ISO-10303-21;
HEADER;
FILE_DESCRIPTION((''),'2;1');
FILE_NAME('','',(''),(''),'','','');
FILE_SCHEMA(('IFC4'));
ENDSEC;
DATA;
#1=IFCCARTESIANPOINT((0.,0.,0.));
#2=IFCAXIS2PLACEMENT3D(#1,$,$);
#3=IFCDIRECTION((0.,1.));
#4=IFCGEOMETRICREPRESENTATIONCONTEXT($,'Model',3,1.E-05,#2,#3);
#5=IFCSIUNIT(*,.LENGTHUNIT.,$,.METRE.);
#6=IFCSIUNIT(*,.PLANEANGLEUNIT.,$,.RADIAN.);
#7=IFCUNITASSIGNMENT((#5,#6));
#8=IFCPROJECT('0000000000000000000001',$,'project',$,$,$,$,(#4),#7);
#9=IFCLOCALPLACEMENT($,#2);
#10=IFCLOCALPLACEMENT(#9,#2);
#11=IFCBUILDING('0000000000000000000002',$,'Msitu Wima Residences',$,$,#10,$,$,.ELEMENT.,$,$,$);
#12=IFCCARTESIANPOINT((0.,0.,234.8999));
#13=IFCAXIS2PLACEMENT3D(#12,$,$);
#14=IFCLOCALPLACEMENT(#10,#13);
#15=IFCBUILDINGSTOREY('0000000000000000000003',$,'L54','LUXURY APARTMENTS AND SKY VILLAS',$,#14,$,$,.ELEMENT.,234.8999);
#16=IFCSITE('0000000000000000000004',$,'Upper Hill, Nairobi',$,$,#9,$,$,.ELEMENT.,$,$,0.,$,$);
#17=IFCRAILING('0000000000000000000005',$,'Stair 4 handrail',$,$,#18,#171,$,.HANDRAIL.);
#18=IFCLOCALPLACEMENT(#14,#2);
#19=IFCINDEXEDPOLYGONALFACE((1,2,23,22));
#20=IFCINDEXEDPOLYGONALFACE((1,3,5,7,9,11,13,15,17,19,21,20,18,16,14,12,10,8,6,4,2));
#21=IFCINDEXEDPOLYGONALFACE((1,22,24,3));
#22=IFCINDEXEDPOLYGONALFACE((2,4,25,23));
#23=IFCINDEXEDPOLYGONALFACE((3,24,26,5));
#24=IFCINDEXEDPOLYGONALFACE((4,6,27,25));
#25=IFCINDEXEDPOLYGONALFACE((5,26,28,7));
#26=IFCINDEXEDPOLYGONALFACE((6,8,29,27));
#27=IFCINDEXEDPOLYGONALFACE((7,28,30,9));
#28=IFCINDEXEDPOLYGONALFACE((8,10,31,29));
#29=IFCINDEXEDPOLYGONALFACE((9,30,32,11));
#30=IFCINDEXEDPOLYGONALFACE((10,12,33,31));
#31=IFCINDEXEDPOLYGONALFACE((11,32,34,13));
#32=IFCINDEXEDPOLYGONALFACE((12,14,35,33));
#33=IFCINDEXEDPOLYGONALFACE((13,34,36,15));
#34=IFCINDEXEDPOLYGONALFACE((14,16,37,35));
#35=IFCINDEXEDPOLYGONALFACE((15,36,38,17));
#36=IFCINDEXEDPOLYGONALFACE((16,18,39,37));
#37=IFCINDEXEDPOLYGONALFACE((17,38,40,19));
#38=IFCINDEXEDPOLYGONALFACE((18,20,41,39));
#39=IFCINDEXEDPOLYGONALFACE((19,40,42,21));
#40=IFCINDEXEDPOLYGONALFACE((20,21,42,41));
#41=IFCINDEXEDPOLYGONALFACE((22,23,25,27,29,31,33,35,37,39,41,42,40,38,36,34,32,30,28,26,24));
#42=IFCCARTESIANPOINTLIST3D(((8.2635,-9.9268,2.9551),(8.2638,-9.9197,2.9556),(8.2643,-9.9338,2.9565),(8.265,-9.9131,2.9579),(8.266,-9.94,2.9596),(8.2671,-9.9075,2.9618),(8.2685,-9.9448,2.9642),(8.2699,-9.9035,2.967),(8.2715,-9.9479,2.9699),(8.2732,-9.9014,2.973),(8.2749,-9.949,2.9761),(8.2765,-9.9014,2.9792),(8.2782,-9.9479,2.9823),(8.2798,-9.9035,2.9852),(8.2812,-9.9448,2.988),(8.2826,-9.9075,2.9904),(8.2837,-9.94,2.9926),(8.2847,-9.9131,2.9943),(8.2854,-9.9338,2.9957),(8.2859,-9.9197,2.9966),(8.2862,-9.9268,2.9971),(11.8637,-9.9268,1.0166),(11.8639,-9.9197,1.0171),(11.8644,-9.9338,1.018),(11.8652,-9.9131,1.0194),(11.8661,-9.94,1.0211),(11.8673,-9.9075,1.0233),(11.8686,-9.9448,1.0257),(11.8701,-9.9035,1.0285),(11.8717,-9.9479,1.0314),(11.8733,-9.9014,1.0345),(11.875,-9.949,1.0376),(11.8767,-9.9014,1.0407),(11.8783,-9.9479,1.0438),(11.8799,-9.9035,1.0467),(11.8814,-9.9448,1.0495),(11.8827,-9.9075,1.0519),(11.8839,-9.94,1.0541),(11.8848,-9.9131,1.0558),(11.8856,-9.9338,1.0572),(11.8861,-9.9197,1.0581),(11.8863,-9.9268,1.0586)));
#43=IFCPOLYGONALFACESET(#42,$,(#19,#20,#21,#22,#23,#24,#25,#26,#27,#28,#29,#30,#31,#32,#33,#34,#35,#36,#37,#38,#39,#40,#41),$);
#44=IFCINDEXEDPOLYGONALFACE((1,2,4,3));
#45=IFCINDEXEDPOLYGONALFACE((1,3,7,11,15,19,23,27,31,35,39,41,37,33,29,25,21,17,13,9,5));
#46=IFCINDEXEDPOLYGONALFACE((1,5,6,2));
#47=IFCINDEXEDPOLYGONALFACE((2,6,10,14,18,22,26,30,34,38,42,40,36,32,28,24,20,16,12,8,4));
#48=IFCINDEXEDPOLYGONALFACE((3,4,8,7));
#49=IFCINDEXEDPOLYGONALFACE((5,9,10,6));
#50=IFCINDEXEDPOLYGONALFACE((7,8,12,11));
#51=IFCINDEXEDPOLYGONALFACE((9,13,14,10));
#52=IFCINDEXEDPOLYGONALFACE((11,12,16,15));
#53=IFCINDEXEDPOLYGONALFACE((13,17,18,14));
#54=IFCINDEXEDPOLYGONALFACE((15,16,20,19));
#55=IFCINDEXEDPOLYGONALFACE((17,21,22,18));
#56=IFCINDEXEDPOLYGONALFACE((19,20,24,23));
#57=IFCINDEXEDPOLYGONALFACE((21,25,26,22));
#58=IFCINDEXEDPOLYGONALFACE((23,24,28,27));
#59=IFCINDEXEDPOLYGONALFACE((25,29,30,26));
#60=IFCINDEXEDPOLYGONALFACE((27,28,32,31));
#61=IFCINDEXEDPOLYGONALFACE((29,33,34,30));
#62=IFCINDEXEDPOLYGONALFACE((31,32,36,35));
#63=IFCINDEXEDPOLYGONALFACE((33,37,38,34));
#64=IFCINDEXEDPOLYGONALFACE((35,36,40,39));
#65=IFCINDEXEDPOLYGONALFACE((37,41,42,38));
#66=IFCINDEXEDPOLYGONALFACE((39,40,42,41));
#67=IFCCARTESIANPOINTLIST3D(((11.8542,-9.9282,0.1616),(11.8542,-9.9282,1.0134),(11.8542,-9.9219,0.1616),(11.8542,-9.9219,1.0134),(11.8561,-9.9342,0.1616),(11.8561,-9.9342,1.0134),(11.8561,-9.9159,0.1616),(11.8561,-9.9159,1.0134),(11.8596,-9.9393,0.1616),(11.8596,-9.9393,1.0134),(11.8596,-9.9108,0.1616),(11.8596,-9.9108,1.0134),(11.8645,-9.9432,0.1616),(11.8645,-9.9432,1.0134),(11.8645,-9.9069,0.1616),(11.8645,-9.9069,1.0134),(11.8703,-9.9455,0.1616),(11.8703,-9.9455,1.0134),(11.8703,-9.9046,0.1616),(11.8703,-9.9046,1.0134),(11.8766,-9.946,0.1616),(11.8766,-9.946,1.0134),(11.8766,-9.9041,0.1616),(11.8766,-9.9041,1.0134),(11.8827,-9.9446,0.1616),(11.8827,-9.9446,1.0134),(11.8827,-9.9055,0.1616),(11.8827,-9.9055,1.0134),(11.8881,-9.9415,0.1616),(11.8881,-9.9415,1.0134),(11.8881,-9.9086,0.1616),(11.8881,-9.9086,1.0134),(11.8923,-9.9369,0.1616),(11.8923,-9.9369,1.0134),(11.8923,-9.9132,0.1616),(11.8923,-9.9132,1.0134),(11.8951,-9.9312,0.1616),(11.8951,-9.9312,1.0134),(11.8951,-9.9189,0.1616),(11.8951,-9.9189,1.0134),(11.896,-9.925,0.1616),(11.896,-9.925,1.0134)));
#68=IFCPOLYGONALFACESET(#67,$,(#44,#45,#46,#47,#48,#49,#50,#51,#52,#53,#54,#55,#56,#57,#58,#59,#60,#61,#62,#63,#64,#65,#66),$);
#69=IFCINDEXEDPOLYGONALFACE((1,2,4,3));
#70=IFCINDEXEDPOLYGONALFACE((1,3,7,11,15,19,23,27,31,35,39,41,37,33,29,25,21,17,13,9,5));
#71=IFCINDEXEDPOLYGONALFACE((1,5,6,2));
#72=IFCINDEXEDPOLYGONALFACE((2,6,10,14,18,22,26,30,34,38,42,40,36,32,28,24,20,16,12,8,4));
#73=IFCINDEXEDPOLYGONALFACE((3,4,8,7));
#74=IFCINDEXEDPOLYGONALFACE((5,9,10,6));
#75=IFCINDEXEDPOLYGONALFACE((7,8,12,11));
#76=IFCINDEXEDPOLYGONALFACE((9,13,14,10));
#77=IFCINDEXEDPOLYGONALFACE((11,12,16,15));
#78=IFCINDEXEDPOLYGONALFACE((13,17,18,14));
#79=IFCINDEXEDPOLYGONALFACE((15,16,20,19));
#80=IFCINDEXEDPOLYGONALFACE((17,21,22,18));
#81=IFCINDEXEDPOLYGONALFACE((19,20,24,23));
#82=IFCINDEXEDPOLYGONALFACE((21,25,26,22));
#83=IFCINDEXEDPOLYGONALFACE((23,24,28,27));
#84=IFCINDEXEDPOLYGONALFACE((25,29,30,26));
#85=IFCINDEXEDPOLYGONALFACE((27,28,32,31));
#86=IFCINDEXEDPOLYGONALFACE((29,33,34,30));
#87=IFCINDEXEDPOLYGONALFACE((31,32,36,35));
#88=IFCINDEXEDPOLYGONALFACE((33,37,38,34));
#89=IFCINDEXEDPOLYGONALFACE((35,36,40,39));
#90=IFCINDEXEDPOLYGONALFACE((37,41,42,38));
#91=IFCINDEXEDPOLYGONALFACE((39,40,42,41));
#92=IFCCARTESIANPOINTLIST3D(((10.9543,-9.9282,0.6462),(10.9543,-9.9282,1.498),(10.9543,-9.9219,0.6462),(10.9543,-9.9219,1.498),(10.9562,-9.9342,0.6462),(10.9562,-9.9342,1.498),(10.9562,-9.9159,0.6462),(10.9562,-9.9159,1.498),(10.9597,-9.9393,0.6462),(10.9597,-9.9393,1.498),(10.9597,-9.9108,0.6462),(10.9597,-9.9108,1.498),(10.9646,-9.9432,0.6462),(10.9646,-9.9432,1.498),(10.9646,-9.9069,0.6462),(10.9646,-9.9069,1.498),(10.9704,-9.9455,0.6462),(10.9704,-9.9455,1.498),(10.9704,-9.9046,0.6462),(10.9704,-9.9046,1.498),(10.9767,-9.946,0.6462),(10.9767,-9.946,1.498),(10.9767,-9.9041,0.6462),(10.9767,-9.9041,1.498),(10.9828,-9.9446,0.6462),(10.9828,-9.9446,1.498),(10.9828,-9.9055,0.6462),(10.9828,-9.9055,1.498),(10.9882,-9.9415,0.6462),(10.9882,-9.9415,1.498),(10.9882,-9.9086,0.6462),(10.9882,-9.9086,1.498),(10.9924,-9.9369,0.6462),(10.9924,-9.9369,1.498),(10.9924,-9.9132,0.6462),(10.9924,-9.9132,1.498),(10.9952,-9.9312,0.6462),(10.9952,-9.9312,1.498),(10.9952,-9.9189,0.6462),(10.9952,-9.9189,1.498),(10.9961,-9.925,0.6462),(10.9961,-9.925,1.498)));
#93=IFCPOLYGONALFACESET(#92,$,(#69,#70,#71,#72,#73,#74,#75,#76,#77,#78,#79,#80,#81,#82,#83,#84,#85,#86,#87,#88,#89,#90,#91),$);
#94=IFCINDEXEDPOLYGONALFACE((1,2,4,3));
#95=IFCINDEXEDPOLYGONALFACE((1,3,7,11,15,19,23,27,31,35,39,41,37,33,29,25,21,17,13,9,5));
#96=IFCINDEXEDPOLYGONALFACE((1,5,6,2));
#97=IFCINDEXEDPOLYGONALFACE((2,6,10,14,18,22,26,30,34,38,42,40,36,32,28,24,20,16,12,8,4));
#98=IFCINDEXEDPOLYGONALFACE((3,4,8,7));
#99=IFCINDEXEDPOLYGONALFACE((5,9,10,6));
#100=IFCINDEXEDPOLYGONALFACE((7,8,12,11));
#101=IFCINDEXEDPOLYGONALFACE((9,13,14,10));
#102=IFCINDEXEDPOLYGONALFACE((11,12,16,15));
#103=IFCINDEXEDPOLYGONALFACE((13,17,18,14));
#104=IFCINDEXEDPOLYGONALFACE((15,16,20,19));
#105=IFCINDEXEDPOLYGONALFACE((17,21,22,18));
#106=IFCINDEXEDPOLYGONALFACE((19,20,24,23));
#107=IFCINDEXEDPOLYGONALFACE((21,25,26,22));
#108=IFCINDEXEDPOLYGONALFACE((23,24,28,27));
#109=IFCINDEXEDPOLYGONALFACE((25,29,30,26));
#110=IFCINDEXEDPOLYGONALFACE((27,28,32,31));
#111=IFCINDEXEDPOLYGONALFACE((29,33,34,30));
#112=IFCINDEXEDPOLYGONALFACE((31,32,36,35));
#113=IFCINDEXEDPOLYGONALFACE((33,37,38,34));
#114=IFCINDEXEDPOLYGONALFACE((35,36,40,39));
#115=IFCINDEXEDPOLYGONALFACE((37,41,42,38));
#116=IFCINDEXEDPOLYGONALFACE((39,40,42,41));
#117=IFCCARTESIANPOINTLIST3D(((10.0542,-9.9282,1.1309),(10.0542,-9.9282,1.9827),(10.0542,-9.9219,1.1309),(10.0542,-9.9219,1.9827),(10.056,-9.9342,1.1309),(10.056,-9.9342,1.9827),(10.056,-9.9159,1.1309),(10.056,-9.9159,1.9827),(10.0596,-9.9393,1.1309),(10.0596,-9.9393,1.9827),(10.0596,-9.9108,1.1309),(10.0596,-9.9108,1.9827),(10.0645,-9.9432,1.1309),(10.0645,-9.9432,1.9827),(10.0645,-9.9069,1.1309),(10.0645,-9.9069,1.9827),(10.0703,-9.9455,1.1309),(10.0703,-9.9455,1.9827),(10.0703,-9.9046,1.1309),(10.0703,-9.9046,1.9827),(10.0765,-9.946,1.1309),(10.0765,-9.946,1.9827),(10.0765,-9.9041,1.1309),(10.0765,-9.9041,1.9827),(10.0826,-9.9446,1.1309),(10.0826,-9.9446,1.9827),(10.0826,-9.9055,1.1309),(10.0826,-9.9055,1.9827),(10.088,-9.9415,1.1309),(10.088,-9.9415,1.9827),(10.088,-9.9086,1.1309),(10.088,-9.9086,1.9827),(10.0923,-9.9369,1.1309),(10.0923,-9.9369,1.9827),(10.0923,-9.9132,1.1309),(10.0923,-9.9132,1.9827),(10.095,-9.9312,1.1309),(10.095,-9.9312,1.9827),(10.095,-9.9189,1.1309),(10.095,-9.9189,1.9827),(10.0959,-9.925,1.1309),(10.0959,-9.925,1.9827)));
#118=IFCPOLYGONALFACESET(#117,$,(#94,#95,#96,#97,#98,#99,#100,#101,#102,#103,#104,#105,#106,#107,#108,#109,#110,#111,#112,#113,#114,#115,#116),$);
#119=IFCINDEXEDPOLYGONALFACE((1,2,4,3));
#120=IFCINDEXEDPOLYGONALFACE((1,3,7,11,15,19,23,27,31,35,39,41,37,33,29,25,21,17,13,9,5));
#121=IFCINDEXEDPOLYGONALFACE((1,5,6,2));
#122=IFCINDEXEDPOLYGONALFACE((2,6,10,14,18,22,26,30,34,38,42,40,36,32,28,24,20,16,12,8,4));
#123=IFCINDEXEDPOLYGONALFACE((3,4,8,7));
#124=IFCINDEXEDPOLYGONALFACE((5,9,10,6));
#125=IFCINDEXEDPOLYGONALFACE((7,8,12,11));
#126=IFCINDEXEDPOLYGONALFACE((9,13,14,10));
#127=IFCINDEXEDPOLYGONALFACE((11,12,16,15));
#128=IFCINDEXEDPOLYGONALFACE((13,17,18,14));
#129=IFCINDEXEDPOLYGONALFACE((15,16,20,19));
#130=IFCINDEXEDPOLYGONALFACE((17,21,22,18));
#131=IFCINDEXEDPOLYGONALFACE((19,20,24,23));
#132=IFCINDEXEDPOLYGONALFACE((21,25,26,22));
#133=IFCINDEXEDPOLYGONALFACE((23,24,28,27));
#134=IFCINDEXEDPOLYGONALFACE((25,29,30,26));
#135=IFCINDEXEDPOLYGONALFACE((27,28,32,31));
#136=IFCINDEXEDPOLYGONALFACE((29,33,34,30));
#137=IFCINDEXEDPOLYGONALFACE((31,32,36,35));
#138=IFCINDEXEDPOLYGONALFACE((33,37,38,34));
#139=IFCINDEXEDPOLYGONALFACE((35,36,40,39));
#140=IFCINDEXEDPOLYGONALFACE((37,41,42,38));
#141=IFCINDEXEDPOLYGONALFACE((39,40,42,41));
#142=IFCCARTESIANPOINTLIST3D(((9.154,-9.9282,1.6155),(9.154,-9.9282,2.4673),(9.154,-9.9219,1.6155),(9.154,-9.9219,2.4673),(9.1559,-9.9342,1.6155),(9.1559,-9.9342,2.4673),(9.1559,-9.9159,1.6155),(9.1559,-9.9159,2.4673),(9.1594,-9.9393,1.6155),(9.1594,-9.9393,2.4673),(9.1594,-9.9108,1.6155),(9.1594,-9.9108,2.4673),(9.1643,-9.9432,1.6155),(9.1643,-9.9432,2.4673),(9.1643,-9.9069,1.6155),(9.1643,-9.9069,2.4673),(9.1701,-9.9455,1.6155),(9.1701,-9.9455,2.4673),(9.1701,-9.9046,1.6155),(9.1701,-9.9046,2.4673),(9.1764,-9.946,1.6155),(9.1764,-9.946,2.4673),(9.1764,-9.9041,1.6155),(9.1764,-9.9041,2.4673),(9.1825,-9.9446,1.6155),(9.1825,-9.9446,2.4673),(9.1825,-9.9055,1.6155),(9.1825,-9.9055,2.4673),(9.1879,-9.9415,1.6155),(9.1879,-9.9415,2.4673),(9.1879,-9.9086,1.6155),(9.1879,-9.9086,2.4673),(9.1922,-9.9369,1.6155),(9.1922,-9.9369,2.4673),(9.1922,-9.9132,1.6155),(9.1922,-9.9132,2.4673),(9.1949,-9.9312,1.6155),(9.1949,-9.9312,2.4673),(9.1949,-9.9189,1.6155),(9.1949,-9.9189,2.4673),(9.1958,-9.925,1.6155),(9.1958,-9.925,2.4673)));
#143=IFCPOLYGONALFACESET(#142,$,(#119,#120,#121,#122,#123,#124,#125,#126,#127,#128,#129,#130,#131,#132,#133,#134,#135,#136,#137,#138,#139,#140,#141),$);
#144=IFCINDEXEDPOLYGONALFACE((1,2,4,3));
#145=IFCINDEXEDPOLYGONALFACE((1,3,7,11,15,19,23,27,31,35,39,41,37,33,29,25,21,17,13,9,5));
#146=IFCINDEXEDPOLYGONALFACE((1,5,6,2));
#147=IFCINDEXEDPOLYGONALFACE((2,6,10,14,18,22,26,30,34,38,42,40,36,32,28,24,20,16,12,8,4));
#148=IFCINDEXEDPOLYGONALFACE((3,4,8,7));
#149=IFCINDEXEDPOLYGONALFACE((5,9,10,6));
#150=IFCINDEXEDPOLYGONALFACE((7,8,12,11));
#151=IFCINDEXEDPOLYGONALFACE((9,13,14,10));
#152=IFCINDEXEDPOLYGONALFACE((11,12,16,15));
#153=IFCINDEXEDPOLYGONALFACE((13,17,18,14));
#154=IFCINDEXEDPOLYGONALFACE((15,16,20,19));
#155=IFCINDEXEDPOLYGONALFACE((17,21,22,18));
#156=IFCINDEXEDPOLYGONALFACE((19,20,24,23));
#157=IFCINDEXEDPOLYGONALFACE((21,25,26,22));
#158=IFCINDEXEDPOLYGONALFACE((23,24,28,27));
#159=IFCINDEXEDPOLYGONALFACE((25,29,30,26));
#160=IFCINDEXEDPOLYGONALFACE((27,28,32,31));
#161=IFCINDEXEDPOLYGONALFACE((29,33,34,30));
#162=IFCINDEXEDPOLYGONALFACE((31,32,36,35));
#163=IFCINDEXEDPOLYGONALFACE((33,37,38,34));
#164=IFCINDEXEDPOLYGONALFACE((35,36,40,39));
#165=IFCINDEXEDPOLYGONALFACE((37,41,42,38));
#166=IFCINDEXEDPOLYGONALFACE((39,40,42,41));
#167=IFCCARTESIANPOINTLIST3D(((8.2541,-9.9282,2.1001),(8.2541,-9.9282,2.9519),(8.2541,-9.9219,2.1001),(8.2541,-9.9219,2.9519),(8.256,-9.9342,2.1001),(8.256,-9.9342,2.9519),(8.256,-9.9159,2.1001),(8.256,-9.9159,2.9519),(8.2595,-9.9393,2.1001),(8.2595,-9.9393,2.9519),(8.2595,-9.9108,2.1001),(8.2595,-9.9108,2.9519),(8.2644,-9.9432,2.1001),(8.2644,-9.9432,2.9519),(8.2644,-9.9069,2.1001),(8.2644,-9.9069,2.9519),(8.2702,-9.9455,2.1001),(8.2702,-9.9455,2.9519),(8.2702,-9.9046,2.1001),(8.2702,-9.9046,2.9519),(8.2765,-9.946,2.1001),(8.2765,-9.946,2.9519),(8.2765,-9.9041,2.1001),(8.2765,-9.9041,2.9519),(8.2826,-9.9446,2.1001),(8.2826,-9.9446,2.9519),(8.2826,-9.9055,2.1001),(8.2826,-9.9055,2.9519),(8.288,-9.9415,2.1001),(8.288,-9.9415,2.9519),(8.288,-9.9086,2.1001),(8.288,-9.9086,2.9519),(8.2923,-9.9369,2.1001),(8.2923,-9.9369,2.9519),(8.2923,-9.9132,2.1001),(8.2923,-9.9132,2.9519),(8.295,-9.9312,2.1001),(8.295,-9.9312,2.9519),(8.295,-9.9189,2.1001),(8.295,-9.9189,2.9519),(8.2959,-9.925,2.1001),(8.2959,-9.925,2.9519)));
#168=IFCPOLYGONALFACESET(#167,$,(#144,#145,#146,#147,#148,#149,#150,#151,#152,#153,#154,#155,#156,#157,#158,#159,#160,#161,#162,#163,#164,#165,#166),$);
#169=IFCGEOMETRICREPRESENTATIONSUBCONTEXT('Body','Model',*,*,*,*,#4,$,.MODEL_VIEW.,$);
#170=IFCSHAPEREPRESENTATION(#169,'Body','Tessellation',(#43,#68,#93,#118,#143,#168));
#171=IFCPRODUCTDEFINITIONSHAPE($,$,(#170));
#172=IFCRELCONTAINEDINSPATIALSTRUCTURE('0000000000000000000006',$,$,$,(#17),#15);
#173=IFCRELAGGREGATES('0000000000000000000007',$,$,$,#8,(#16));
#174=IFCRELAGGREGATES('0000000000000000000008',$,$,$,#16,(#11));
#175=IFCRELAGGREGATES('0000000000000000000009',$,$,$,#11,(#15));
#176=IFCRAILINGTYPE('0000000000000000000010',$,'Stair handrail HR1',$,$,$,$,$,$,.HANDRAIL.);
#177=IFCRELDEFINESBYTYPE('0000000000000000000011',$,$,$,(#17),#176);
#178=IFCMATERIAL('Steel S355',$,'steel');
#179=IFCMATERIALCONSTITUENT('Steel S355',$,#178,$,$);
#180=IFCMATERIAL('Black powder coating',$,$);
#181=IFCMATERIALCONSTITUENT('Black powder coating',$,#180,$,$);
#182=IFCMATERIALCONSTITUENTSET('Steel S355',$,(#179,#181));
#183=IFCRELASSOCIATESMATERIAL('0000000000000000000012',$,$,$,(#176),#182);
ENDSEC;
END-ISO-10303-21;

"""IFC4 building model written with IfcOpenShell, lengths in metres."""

from ifc_helpers import new_model, si_unit, direction, frame, origin, origin_2d, place, context, subcontext, project, spatial, circle, extrude, material, constituent, constituent_set, type_object, element, save


model = new_model("IFC4")

# Units and contexts
model_context = context("Model", 3, precision=1e-05, world=origin(), true_north=direction((0.0, 1.0)))
body_context = subcontext(model_context, "Body", "Model", "MODEL_VIEW")
ifc_project = project(units=[si_unit("LENGTHUNIT", "METRE"), si_unit("PLANEANGLEUNIT", "RADIAN")], contexts=[model_context])

# Site, building, storey
site_placement = place(None, origin())
site = spatial("IfcSite", under=ifc_project, at=site_placement, Name="Upper Hill, Nairobi", CompositionType="ELEMENT", RefElevation=0.0)
building_placement = place(site_placement, origin())
building = spatial("IfcBuilding", under=site, at=building_placement, Name="Msitu Wima Residences", CompositionType="ELEMENT")
storey_placement = place(building_placement, frame((0.0, 0.0, 234.8999)))
storey = spatial("IfcBuildingStorey", under=building, at=storey_placement, Name="L54", Description="LUXURY APARTMENTS AND SKY VILLAS", CompositionType="ELEMENT", Elevation=234.8999)

# Railing
ifc_material_1 = material(Name="Steel S355", Category="steel")
ifc_constituent_1 = constituent(ifc_material_1, Name="Steel S355")
ifc_material_2 = material(Name="Black powder coating")
ifc_constituent_2 = constituent(ifc_material_2, Name="Black powder coating")
ifc_constituent_set = constituent_set(constituents=[ifc_constituent_1, ifc_constituent_2], Name="Steel S355")
railing_type = type_object("IfcRailingType", Name="Stair handrail HR1", PredefinedType="HANDRAIL", material=ifc_constituent_set)
for number, where, name in (
    (1, (11.875, -9.925, 0.1616), "Stair 4 handrail"),
):
    element("IfcRailing", number, at=place(storey_placement, frame(where)), inside=storey, type_object=railing_type, Name=name, PredefinedType="HANDRAIL", context=body_context, shape_type="SweptSolid", body=[
        extrude(circle(Radius=0.0239, at=origin_2d()), frame((0.0, 0.0, 0.876), z_axis=(-0.880475, 0.0, 0.474093), x_axis=(0.0, -1.0, 0.0)), (0.0, 0.0, 1.0), 4.0889),
        extrude(circle(Radius=0.021, at=origin_2d()), origin(), (0.0, 0.0, 1.0), 0.8518),
        extrude(circle(Radius=0.021, at=origin_2d()), frame((-0.8999, 0.0, 0.4846)), (0.0, 0.0, 1.0), 0.8518),
        extrude(circle(Radius=0.021, at=origin_2d()), frame((-1.8, 0.0, 0.9692)), (0.0, 0.0, 1.0), 0.8518),
        extrude(circle(Radius=0.021, at=origin_2d()), frame((-2.7002, 0.0, 1.4539)), (0.0, 0.0, 1.0), 0.8518),
        extrude(circle(Radius=0.021, at=origin_2d()), frame((-3.6001, 0.0, 1.9385)), (0.0, 0.0, 1.0), 0.8518),
    ])

save(model, "model.ifc")
